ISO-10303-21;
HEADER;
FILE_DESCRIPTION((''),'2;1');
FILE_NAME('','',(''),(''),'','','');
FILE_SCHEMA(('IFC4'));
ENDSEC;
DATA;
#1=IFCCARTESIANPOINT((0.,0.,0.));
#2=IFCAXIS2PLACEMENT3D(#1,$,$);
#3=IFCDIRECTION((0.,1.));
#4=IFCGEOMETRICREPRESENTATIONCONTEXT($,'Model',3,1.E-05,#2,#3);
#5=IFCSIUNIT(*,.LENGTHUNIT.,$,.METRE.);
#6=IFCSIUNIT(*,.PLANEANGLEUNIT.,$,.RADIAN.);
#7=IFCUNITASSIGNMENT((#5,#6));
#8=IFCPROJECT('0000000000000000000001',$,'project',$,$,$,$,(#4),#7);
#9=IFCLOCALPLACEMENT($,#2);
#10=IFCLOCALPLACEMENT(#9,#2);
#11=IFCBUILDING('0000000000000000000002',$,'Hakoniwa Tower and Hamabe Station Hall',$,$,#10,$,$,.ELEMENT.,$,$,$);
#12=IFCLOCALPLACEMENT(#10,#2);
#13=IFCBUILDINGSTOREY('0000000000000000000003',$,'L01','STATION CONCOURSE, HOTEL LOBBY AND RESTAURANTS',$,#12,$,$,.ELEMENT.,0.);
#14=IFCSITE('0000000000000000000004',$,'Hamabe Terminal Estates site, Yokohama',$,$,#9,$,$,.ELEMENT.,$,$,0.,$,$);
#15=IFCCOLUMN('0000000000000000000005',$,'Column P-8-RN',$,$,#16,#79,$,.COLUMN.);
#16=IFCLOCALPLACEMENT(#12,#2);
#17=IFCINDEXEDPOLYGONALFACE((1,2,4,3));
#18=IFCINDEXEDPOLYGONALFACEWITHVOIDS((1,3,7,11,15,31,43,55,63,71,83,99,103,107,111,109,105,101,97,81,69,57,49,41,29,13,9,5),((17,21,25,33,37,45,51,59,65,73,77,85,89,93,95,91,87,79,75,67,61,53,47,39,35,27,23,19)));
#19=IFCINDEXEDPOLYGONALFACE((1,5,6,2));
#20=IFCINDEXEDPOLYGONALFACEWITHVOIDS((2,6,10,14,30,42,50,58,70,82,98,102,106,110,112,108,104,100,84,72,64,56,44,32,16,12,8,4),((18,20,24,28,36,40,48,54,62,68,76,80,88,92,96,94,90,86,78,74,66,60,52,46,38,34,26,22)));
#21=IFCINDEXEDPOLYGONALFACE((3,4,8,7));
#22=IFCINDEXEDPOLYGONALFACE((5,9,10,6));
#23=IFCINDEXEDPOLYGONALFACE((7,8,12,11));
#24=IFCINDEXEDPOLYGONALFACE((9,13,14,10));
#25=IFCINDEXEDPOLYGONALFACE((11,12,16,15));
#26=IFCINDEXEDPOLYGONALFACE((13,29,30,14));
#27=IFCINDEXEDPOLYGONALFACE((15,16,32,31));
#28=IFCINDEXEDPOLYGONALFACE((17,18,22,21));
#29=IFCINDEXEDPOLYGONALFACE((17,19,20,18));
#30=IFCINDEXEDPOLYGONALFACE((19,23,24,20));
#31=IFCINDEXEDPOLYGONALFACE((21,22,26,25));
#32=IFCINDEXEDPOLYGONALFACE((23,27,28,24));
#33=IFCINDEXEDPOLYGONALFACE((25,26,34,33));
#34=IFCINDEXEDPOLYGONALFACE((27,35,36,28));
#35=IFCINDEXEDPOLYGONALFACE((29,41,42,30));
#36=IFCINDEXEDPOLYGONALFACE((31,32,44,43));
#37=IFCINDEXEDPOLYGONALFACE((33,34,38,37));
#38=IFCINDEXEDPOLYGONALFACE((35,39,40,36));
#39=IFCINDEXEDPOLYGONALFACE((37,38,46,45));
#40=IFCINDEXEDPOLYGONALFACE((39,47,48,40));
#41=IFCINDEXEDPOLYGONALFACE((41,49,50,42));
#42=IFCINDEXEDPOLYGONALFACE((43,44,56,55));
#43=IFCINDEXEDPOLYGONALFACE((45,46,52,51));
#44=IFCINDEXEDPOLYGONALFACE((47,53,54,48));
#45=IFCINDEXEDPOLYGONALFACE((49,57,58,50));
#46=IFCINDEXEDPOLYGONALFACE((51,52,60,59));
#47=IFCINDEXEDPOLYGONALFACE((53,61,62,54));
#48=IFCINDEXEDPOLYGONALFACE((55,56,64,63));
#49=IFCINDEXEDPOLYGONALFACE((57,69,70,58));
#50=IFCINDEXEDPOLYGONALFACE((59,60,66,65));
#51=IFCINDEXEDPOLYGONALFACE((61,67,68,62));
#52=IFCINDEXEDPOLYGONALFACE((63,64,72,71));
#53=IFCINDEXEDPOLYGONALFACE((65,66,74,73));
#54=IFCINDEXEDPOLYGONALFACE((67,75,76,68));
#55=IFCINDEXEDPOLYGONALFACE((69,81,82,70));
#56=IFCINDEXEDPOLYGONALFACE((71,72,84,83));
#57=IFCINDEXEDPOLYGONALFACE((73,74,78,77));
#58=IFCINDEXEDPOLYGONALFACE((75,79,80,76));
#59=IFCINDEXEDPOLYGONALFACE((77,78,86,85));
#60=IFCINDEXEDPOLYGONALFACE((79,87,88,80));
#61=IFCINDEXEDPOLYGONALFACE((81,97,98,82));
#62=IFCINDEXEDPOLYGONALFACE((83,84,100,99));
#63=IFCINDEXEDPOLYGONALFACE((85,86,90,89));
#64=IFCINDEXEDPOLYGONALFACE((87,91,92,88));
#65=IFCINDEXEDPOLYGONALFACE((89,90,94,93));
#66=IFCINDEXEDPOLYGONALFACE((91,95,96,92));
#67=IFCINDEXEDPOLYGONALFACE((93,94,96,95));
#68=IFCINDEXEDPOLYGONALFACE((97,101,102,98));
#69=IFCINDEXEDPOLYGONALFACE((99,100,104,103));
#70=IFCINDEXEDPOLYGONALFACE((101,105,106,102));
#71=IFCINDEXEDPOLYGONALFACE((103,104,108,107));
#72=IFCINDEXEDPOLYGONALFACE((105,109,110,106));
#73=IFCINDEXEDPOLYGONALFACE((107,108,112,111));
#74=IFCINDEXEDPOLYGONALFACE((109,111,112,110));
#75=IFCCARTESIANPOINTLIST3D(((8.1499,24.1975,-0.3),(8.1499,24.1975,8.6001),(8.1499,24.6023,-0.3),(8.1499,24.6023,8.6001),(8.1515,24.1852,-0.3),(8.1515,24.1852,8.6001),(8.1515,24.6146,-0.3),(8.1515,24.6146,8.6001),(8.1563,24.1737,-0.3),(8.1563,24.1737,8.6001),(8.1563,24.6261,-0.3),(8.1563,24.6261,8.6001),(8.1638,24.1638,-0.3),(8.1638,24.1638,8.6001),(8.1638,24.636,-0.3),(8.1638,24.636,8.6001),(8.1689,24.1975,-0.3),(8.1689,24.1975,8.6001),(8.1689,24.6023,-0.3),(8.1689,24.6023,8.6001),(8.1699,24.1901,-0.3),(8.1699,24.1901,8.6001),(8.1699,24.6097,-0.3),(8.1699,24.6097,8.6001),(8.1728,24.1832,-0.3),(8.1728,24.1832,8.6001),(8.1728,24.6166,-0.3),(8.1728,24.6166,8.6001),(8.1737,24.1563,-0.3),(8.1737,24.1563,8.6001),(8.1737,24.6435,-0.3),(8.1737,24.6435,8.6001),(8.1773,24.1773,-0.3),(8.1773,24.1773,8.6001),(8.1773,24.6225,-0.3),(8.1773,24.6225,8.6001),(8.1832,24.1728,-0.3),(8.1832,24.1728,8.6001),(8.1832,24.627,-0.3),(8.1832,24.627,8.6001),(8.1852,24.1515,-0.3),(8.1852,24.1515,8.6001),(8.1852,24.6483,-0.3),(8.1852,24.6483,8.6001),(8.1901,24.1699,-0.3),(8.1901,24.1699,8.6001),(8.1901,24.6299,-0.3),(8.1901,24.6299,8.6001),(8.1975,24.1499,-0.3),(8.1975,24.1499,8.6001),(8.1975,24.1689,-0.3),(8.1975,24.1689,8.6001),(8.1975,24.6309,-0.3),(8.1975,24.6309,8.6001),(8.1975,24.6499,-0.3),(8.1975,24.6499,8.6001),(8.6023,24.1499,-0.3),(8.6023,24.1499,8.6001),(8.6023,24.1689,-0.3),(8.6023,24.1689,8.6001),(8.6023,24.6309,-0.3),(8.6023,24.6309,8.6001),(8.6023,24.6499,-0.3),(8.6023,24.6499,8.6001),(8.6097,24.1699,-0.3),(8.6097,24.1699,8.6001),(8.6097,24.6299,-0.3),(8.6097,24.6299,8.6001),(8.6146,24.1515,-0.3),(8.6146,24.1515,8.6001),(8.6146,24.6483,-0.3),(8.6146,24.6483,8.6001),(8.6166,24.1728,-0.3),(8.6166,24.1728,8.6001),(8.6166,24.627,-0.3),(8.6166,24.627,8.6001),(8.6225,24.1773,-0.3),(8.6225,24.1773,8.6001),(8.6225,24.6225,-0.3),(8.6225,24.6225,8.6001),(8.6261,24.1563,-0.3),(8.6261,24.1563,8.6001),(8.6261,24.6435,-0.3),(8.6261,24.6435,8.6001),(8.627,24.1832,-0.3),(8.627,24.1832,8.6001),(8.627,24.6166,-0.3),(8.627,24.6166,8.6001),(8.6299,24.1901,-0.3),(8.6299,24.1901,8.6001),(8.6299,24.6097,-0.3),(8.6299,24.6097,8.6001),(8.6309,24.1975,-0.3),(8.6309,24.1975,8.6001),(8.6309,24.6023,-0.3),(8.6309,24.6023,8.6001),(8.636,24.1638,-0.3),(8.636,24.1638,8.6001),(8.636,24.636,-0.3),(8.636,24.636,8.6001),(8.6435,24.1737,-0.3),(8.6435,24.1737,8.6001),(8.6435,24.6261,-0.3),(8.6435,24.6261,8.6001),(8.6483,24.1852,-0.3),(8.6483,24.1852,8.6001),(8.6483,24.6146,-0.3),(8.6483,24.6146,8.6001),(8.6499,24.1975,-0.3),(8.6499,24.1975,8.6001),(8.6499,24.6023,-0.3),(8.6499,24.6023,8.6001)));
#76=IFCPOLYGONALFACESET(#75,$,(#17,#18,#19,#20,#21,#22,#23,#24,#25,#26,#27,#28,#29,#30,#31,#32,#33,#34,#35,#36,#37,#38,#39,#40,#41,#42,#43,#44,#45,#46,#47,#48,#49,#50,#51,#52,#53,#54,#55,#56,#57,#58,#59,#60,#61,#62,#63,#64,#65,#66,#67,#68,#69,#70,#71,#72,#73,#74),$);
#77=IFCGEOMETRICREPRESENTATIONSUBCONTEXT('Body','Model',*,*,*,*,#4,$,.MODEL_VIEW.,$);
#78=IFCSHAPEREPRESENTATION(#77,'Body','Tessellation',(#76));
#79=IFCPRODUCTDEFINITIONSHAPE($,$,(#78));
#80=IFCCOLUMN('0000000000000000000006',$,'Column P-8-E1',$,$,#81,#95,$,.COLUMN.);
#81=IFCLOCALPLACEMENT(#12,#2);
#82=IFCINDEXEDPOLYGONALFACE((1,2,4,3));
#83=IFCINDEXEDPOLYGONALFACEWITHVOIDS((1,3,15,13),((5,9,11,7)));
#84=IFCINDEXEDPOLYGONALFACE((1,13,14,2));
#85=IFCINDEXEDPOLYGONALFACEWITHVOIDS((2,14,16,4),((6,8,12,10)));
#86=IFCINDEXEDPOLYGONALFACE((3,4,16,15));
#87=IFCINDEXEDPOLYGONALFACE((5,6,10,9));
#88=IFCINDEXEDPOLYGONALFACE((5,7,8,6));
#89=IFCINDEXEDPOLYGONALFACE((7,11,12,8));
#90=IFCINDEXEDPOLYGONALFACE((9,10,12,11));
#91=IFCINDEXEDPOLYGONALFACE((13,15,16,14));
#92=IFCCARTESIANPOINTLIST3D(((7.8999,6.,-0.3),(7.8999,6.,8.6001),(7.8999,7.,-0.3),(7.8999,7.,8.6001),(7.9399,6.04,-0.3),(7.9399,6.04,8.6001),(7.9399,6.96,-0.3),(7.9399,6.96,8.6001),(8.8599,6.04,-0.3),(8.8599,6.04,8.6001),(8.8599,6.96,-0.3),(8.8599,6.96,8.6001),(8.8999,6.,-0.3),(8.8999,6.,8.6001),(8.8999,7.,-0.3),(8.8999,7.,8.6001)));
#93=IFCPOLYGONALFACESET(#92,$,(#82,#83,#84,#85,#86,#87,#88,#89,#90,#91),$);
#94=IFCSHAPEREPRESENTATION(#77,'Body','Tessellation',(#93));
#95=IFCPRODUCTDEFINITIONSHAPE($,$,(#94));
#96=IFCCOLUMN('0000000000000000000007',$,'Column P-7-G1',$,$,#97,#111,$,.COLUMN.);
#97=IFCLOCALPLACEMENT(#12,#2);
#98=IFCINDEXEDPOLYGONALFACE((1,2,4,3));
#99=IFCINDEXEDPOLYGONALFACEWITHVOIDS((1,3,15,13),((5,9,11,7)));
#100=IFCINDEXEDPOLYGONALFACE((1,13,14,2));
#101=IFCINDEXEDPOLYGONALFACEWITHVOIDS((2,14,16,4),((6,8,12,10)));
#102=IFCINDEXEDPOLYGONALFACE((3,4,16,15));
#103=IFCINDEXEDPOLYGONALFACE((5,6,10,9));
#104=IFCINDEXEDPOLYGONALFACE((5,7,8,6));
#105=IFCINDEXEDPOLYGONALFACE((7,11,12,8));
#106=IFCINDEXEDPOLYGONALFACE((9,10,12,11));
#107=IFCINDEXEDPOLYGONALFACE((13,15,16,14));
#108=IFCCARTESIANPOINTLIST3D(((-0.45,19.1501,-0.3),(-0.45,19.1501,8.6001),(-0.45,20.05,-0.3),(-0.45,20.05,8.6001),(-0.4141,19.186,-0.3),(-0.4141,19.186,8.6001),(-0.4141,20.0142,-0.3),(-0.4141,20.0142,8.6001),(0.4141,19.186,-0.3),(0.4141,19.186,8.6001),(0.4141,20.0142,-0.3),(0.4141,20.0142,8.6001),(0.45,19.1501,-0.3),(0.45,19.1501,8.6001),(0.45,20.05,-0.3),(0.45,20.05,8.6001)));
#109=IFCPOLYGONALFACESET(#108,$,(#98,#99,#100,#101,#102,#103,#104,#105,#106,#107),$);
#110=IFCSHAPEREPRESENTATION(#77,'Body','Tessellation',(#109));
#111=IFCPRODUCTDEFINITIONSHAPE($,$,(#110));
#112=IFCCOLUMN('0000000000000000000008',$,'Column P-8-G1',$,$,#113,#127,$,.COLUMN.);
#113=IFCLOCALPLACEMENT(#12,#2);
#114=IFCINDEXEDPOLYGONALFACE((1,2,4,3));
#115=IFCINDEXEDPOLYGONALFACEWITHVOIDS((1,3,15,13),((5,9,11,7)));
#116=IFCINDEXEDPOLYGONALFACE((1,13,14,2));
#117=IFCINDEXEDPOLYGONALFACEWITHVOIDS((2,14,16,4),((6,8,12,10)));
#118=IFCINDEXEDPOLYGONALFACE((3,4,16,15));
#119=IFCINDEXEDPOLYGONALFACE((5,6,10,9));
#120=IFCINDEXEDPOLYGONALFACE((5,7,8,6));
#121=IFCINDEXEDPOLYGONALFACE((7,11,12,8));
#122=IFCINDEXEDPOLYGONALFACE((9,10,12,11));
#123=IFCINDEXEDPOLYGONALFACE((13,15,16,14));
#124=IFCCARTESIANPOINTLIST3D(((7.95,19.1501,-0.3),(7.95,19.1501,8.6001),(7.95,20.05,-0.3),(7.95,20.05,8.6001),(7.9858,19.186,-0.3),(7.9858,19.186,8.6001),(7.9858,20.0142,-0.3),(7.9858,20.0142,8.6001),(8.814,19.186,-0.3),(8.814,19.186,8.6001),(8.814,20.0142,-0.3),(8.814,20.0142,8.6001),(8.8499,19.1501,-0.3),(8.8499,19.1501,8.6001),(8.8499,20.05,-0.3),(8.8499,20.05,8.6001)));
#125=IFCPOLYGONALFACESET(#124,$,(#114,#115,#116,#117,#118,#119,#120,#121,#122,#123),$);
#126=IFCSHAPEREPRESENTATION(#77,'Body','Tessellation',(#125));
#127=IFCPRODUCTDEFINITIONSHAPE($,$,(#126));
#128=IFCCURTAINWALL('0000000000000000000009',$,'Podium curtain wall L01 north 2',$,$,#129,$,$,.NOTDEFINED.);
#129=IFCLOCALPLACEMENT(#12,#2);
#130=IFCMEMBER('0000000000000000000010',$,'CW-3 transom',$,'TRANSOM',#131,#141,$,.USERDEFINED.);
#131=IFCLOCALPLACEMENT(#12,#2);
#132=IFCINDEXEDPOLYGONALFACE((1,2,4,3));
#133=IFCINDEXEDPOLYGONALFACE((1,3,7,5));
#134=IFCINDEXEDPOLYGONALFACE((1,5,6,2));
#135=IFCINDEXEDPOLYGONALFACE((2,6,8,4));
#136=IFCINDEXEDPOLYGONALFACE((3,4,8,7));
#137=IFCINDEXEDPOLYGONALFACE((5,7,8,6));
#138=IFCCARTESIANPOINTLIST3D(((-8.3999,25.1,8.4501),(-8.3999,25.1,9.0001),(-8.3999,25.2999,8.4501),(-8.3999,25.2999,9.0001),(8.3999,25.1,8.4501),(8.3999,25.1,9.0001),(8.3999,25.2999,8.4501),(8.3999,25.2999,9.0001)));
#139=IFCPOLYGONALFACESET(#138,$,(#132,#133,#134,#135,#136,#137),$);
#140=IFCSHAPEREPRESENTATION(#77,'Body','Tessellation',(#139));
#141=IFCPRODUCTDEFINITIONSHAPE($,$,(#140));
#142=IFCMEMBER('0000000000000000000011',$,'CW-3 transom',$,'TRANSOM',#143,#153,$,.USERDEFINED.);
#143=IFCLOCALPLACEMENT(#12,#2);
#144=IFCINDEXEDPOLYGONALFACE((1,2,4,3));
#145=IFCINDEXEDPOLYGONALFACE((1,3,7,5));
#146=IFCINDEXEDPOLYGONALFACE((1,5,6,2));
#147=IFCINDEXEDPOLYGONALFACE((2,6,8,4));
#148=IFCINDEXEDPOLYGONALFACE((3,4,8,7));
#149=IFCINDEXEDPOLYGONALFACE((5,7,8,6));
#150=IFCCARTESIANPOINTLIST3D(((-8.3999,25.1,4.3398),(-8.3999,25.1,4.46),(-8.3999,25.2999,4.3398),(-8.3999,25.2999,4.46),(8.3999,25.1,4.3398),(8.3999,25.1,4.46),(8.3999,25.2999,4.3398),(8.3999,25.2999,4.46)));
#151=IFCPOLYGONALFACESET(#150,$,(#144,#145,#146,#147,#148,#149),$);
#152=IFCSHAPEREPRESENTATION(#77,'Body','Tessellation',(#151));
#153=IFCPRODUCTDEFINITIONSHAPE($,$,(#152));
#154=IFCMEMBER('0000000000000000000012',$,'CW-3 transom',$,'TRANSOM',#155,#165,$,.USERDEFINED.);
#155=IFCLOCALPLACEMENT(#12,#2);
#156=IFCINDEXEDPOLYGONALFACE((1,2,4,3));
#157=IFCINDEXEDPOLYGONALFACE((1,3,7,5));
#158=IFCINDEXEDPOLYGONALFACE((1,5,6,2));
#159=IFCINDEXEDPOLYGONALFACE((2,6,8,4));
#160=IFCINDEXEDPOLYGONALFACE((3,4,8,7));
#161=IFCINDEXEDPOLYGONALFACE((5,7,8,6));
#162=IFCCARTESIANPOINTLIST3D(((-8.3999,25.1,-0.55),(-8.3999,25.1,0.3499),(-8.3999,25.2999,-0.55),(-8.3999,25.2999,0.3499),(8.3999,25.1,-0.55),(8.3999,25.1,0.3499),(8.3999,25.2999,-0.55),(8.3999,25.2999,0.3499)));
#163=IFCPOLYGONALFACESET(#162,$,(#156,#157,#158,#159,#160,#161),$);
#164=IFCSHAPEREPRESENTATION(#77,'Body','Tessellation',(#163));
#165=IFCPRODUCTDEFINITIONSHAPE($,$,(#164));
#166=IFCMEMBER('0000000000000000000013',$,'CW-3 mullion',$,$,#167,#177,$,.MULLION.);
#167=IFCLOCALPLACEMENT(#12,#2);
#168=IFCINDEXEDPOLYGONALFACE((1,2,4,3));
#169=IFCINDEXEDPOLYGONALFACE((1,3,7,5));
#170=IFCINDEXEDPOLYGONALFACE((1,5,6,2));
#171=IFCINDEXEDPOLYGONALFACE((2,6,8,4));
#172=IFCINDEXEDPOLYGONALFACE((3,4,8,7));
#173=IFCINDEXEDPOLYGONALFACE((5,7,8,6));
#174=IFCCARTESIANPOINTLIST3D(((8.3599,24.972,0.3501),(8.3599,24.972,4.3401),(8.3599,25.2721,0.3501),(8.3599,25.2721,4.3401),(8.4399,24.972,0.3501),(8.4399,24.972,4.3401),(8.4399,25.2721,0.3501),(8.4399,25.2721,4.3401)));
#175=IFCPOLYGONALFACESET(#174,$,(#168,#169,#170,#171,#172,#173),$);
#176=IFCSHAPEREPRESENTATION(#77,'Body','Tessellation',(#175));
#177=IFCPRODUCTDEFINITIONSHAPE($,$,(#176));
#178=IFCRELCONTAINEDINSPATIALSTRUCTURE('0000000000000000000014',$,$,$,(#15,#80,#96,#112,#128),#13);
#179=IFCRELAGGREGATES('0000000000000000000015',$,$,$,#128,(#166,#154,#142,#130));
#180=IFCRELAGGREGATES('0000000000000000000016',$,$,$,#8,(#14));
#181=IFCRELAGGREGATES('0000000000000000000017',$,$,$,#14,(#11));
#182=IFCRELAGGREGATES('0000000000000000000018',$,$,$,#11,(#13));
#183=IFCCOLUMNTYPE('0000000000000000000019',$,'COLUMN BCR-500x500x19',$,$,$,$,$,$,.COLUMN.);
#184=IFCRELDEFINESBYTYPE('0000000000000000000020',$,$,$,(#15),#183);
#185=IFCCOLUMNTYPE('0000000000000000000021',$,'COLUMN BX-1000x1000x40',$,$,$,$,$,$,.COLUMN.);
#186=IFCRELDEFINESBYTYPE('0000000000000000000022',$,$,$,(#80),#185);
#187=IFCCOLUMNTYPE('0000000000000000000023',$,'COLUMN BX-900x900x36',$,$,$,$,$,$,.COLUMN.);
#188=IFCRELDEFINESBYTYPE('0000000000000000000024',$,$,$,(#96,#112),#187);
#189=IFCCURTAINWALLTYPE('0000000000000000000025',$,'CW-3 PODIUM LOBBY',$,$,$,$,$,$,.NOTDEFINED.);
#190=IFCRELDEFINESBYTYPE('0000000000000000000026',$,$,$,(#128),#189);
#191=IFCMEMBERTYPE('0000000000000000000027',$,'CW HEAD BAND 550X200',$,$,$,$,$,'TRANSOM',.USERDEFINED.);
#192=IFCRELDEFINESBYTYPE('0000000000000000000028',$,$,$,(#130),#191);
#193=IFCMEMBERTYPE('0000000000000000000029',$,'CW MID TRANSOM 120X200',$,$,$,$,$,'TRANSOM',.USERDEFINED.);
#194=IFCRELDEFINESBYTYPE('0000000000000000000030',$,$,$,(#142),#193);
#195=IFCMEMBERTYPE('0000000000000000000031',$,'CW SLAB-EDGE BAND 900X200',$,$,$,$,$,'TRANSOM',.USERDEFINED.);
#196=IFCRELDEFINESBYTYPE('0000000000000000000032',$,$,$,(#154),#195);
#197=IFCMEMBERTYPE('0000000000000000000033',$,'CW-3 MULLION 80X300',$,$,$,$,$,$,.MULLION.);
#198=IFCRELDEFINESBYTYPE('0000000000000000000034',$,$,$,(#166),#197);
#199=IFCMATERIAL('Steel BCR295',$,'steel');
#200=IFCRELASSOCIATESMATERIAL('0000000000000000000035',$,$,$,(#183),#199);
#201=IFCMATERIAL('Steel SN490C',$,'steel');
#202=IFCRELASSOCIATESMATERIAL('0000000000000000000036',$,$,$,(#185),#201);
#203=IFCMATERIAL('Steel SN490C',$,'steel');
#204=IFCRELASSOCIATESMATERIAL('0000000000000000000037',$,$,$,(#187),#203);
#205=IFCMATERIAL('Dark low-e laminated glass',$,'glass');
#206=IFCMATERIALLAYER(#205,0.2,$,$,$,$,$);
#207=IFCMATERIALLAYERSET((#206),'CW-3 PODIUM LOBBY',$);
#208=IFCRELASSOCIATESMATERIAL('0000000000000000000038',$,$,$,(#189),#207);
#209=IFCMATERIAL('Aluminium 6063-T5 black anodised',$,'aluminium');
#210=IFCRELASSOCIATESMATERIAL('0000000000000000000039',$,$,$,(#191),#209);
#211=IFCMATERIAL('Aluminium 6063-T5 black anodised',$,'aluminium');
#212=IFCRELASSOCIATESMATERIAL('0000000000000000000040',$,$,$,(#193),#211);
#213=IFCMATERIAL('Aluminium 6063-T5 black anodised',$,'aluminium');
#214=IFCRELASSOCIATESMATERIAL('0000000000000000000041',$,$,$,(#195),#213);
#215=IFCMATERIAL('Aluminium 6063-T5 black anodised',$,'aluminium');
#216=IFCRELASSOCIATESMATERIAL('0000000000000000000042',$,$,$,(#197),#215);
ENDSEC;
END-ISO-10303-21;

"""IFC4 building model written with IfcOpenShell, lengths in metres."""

from ifc_helpers import new_model, si_unit, direction, frame, origin, origin_2d, place, context, subcontext, project, spatial, rectangle, hollow_rectangle, extrude, material, layer, layer_set, material_profile, profile_set, type_object, element, aggregate, save


model = new_model("IFC4")

# Units and contexts
model_context = context("Model", 3, precision=1e-05, world=origin(), true_north=direction((0.0, 1.0)))
body_context = subcontext(model_context, "Body", "Model", "MODEL_VIEW")
ifc_project = project(units=[si_unit("LENGTHUNIT", "METRE"), si_unit("PLANEANGLEUNIT", "RADIAN")], contexts=[model_context])

# Site, building, storey
site_placement = place(None, origin())
site = spatial("IfcSite", under=ifc_project, at=site_placement, Name="Hamabe Terminal Estates site, Yokohama", CompositionType="ELEMENT", RefElevation=0.0)
building_placement = place(site_placement, origin())
building = spatial("IfcBuilding", under=site, at=building_placement, Name="Hakoniwa Tower and Hamabe Station Hall", CompositionType="ELEMENT")
storey_placement = place(building_placement, origin())
storey = spatial("IfcBuildingStorey", under=building, at=storey_placement, Name="L01", Description="STATION CONCOURSE, HOTEL LOBBY AND RESTAURANTS", CompositionType="ELEMENT", Elevation=0.0)

# Columns
ifc_material_1 = material(Name="Steel BCR295", Category="steel")
ifc_material_profile_1 = material_profile(ifc_material_1, hollow_rectangle(XDim=0.5, YDim=0.5, WallThickness=0.019, InnerFilletRadius=0.0286, OuterFilletRadius=0.0476, at=origin_2d()), Name="BCR-500x500x19")
ifc_profile_set_1 = profile_set([ifc_material_profile_1], Name="Steel BCR295")
column_type_1 = type_object("IfcColumnType", Name="COLUMN BCR-500x500x19", PredefinedType="COLUMN", material=ifc_profile_set_1)
for number, where, z_axis, x_axis, name in (
    (1, (8.3999, 24.3999, -0.3), (0.0, 0.0, 1.0), (1.0, 0.0, 0.0), "Column P-8-RN"),
):
    element("IfcColumn", number, at=place(storey_placement, frame(where, z_axis=z_axis, x_axis=x_axis)), inside=storey, type_object=column_type_1, Name=name, PredefinedType="COLUMN", context=body_context, shape_type="SweptSolid", body=[
        extrude(hollow_rectangle(XDim=0.5, YDim=0.5, WallThickness=0.019, InnerFilletRadius=0.0286, OuterFilletRadius=0.0476, at=origin_2d()), origin(), (0.0, 0.0, 1.0), 8.9001),
    ])
ifc_material_2 = material(Name="Steel SN490C", Category="steel")
ifc_material_profile_2 = material_profile(ifc_material_2, hollow_rectangle(XDim=1.0, YDim=1.0, WallThickness=0.04, at=origin_2d()), Name="BX-1000x1000x40")
ifc_profile_set_2 = profile_set([ifc_material_profile_2], Name="Steel SN490C")
column_type_2 = type_object("IfcColumnType", Name="COLUMN BX-1000x1000x40", PredefinedType="COLUMN", material=ifc_profile_set_2)
column_placement = place(storey_placement, frame((8.3999, 6.5, -0.3), z_axis=(0.0, 0.0, 1.0), x_axis=(1.0, 0.0, 0.0)))
element("IfcColumn", 2, at=column_placement, inside=storey, type_object=column_type_2, Name="Column P-8-E1", PredefinedType="COLUMN", context=body_context, shape_type="SweptSolid", body=[
    extrude(hollow_rectangle(XDim=1.0, YDim=1.0, WallThickness=0.04, at=origin_2d()), origin(), (0.0, 0.0, 1.0), 8.9001),
])
ifc_material_3 = material(Name="Steel SN490C", Category="steel")
ifc_material_profile_3 = material_profile(ifc_material_3, hollow_rectangle(XDim=0.8999, YDim=0.8999, WallThickness=0.0359, at=origin_2d()), Name="BX-900x900x36")
ifc_profile_set_3 = profile_set([ifc_material_profile_3], Name="Steel SN490C")
column_type_3 = type_object("IfcColumnType", Name="COLUMN BX-900x900x36", PredefinedType="COLUMN", material=ifc_profile_set_3)
for number, where, z_axis, x_axis, name in (
    (3, (0.0, 19.6001, -0.3), (0.0, 0.0, 1.0), (1.0, 0.0, 0.0), "Column P-7-G1"),
    (4, (8.3999, 19.6001, -0.3), (0.0, 0.0, 1.0), (1.0, 0.0, 0.0), "Column P-8-G1"),
):
    element("IfcColumn", number, at=place(storey_placement, frame(where, z_axis=z_axis, x_axis=x_axis)), inside=storey, type_object=column_type_3, Name=name, PredefinedType="COLUMN", context=body_context, shape_type="SweptSolid", body=[
        extrude(hollow_rectangle(XDim=0.8999, YDim=0.8999, WallThickness=0.0359, at=origin_2d()), origin(), (0.0, 0.0, 1.0), 8.9001),
    ])

# Curtain wall, members
ifc_material_4 = material(Name="Dark low-e laminated glass", Category="glass")
ifc_layer_1 = layer(ifc_material_4, 0.2)
ifc_layer_set_1 = layer_set([ifc_layer_1], Name="CW-3 PODIUM LOBBY")
curtain_wall_type = type_object("IfcCurtainWallType", Name="CW-3 PODIUM LOBBY", PredefinedType="NOTDEFINED", material=ifc_layer_set_1)
curtain_wall_placement = place(storey_placement, origin())
curtain_wall = element("IfcCurtainWall", 5, at=curtain_wall_placement, inside=storey, type_object=curtain_wall_type, Name="Podium curtain wall L01 north 2", PredefinedType="NOTDEFINED")
ifc_material_5 = material(Name="Aluminium 6063-T5 black anodised", Category="aluminium")
ifc_material_profile_4 = material_profile(ifc_material_5, rectangle(XDim=0.2, YDim=0.55, at=origin_2d()), Name="CW HEAD BAND 550X200")
ifc_profile_set_4 = profile_set([ifc_material_profile_4], Name="Aluminium 6063-T5 black anodised")
member_type_1 = type_object("IfcMemberType", Name="CW HEAD BAND 550X200", ElementType="TRANSOM", PredefinedType="USERDEFINED", material=ifc_profile_set_4)
member_1_placement = place(storey_placement, frame((8.3999, 25.2, 8.7251), z_axis=(-1.0, 0.0, 0.0), x_axis=(0.0, -1.0, 0.0)))
member_1 = element("IfcMember", 6, at=member_1_placement, type_object=member_type_1, Name="CW-3 transom", ObjectType="TRANSOM", PredefinedType="USERDEFINED", context=body_context, shape_type="SweptSolid", body=[
    extrude(rectangle(XDim=0.2, YDim=0.55, at=origin_2d()), origin(), (0.0, 0.0, 1.0), 16.7998),
])
ifc_material_6 = material(Name="Aluminium 6063-T5 black anodised", Category="aluminium")
ifc_material_profile_5 = material_profile(ifc_material_6, rectangle(XDim=0.2, YDim=0.1201, at=origin_2d()), Name="CW MID TRANSOM 120X200")
ifc_profile_set_5 = profile_set([ifc_material_profile_5], Name="Aluminium 6063-T5 black anodised")
member_type_2 = type_object("IfcMemberType", Name="CW MID TRANSOM 120X200", ElementType="TRANSOM", PredefinedType="USERDEFINED", material=ifc_profile_set_5)
member_2_placement = place(storey_placement, frame((8.3999, 25.2, 4.3999), z_axis=(-1.0, 0.0, 0.0), x_axis=(0.0, -1.0, 0.0)))
member_2 = element("IfcMember", 7, at=member_2_placement, type_object=member_type_2, Name="CW-3 transom", ObjectType="TRANSOM", PredefinedType="USERDEFINED", context=body_context, shape_type="SweptSolid", body=[
    extrude(rectangle(XDim=0.2, YDim=0.1201, at=origin_2d()), origin(), (0.0, 0.0, 1.0), 16.7998),
])
ifc_material_7 = material(Name="Aluminium 6063-T5 black anodised", Category="aluminium")
ifc_material_profile_6 = material_profile(ifc_material_7, rectangle(XDim=0.2, YDim=0.8999, at=origin_2d()), Name="CW SLAB-EDGE BAND 900X200")
ifc_profile_set_6 = profile_set([ifc_material_profile_6], Name="Aluminium 6063-T5 black anodised")
member_type_3 = type_object("IfcMemberType", Name="CW SLAB-EDGE BAND 900X200", ElementType="TRANSOM", PredefinedType="USERDEFINED", material=ifc_profile_set_6)
member_3_placement = place(storey_placement, frame((8.3999, 25.2, -0.1001), z_axis=(-1.0, 0.0, 0.0), x_axis=(0.0, -1.0, 0.0)))
member_3 = element("IfcMember", 8, at=member_3_placement, type_object=member_type_3, Name="CW-3 transom", ObjectType="TRANSOM", PredefinedType="USERDEFINED", context=body_context, shape_type="SweptSolid", body=[
    extrude(rectangle(XDim=0.2, YDim=0.8999, at=origin_2d()), origin(), (0.0, 0.0, 1.0), 16.7998),
])
ifc_material_8 = material(Name="Aluminium 6063-T5 black anodised", Category="aluminium")
ifc_material_profile_7 = material_profile(ifc_material_8, rectangle(XDim=0.0801, YDim=0.3, at=origin_2d()), Name="CW-3 MULLION 80X300")
ifc_profile_set_7 = profile_set([ifc_material_profile_7], Name="Aluminium 6063-T5 black anodised")
member_type_4 = type_object("IfcMemberType", Name="CW-3 MULLION 80X300", PredefinedType="MULLION", material=ifc_profile_set_7)
member_4_placement = place(storey_placement, frame((8.3999, 25.1221, 0.3501), z_axis=(0.0, 0.0, 1.0), x_axis=(-1.0, 0.0, 0.0)))
member_4 = element("IfcMember", 9, at=member_4_placement, type_object=member_type_4, Name="CW-3 mullion", PredefinedType="MULLION", context=body_context, shape_type="SweptSolid", body=[
    extrude(rectangle(XDim=0.0801, YDim=0.3, at=origin_2d()), origin(), (0.0, 0.0, 1.0), 3.99),
])
aggregate(curtain_wall, [member_4, member_3, member_2, member_1])

save(model, "model.ifc")
